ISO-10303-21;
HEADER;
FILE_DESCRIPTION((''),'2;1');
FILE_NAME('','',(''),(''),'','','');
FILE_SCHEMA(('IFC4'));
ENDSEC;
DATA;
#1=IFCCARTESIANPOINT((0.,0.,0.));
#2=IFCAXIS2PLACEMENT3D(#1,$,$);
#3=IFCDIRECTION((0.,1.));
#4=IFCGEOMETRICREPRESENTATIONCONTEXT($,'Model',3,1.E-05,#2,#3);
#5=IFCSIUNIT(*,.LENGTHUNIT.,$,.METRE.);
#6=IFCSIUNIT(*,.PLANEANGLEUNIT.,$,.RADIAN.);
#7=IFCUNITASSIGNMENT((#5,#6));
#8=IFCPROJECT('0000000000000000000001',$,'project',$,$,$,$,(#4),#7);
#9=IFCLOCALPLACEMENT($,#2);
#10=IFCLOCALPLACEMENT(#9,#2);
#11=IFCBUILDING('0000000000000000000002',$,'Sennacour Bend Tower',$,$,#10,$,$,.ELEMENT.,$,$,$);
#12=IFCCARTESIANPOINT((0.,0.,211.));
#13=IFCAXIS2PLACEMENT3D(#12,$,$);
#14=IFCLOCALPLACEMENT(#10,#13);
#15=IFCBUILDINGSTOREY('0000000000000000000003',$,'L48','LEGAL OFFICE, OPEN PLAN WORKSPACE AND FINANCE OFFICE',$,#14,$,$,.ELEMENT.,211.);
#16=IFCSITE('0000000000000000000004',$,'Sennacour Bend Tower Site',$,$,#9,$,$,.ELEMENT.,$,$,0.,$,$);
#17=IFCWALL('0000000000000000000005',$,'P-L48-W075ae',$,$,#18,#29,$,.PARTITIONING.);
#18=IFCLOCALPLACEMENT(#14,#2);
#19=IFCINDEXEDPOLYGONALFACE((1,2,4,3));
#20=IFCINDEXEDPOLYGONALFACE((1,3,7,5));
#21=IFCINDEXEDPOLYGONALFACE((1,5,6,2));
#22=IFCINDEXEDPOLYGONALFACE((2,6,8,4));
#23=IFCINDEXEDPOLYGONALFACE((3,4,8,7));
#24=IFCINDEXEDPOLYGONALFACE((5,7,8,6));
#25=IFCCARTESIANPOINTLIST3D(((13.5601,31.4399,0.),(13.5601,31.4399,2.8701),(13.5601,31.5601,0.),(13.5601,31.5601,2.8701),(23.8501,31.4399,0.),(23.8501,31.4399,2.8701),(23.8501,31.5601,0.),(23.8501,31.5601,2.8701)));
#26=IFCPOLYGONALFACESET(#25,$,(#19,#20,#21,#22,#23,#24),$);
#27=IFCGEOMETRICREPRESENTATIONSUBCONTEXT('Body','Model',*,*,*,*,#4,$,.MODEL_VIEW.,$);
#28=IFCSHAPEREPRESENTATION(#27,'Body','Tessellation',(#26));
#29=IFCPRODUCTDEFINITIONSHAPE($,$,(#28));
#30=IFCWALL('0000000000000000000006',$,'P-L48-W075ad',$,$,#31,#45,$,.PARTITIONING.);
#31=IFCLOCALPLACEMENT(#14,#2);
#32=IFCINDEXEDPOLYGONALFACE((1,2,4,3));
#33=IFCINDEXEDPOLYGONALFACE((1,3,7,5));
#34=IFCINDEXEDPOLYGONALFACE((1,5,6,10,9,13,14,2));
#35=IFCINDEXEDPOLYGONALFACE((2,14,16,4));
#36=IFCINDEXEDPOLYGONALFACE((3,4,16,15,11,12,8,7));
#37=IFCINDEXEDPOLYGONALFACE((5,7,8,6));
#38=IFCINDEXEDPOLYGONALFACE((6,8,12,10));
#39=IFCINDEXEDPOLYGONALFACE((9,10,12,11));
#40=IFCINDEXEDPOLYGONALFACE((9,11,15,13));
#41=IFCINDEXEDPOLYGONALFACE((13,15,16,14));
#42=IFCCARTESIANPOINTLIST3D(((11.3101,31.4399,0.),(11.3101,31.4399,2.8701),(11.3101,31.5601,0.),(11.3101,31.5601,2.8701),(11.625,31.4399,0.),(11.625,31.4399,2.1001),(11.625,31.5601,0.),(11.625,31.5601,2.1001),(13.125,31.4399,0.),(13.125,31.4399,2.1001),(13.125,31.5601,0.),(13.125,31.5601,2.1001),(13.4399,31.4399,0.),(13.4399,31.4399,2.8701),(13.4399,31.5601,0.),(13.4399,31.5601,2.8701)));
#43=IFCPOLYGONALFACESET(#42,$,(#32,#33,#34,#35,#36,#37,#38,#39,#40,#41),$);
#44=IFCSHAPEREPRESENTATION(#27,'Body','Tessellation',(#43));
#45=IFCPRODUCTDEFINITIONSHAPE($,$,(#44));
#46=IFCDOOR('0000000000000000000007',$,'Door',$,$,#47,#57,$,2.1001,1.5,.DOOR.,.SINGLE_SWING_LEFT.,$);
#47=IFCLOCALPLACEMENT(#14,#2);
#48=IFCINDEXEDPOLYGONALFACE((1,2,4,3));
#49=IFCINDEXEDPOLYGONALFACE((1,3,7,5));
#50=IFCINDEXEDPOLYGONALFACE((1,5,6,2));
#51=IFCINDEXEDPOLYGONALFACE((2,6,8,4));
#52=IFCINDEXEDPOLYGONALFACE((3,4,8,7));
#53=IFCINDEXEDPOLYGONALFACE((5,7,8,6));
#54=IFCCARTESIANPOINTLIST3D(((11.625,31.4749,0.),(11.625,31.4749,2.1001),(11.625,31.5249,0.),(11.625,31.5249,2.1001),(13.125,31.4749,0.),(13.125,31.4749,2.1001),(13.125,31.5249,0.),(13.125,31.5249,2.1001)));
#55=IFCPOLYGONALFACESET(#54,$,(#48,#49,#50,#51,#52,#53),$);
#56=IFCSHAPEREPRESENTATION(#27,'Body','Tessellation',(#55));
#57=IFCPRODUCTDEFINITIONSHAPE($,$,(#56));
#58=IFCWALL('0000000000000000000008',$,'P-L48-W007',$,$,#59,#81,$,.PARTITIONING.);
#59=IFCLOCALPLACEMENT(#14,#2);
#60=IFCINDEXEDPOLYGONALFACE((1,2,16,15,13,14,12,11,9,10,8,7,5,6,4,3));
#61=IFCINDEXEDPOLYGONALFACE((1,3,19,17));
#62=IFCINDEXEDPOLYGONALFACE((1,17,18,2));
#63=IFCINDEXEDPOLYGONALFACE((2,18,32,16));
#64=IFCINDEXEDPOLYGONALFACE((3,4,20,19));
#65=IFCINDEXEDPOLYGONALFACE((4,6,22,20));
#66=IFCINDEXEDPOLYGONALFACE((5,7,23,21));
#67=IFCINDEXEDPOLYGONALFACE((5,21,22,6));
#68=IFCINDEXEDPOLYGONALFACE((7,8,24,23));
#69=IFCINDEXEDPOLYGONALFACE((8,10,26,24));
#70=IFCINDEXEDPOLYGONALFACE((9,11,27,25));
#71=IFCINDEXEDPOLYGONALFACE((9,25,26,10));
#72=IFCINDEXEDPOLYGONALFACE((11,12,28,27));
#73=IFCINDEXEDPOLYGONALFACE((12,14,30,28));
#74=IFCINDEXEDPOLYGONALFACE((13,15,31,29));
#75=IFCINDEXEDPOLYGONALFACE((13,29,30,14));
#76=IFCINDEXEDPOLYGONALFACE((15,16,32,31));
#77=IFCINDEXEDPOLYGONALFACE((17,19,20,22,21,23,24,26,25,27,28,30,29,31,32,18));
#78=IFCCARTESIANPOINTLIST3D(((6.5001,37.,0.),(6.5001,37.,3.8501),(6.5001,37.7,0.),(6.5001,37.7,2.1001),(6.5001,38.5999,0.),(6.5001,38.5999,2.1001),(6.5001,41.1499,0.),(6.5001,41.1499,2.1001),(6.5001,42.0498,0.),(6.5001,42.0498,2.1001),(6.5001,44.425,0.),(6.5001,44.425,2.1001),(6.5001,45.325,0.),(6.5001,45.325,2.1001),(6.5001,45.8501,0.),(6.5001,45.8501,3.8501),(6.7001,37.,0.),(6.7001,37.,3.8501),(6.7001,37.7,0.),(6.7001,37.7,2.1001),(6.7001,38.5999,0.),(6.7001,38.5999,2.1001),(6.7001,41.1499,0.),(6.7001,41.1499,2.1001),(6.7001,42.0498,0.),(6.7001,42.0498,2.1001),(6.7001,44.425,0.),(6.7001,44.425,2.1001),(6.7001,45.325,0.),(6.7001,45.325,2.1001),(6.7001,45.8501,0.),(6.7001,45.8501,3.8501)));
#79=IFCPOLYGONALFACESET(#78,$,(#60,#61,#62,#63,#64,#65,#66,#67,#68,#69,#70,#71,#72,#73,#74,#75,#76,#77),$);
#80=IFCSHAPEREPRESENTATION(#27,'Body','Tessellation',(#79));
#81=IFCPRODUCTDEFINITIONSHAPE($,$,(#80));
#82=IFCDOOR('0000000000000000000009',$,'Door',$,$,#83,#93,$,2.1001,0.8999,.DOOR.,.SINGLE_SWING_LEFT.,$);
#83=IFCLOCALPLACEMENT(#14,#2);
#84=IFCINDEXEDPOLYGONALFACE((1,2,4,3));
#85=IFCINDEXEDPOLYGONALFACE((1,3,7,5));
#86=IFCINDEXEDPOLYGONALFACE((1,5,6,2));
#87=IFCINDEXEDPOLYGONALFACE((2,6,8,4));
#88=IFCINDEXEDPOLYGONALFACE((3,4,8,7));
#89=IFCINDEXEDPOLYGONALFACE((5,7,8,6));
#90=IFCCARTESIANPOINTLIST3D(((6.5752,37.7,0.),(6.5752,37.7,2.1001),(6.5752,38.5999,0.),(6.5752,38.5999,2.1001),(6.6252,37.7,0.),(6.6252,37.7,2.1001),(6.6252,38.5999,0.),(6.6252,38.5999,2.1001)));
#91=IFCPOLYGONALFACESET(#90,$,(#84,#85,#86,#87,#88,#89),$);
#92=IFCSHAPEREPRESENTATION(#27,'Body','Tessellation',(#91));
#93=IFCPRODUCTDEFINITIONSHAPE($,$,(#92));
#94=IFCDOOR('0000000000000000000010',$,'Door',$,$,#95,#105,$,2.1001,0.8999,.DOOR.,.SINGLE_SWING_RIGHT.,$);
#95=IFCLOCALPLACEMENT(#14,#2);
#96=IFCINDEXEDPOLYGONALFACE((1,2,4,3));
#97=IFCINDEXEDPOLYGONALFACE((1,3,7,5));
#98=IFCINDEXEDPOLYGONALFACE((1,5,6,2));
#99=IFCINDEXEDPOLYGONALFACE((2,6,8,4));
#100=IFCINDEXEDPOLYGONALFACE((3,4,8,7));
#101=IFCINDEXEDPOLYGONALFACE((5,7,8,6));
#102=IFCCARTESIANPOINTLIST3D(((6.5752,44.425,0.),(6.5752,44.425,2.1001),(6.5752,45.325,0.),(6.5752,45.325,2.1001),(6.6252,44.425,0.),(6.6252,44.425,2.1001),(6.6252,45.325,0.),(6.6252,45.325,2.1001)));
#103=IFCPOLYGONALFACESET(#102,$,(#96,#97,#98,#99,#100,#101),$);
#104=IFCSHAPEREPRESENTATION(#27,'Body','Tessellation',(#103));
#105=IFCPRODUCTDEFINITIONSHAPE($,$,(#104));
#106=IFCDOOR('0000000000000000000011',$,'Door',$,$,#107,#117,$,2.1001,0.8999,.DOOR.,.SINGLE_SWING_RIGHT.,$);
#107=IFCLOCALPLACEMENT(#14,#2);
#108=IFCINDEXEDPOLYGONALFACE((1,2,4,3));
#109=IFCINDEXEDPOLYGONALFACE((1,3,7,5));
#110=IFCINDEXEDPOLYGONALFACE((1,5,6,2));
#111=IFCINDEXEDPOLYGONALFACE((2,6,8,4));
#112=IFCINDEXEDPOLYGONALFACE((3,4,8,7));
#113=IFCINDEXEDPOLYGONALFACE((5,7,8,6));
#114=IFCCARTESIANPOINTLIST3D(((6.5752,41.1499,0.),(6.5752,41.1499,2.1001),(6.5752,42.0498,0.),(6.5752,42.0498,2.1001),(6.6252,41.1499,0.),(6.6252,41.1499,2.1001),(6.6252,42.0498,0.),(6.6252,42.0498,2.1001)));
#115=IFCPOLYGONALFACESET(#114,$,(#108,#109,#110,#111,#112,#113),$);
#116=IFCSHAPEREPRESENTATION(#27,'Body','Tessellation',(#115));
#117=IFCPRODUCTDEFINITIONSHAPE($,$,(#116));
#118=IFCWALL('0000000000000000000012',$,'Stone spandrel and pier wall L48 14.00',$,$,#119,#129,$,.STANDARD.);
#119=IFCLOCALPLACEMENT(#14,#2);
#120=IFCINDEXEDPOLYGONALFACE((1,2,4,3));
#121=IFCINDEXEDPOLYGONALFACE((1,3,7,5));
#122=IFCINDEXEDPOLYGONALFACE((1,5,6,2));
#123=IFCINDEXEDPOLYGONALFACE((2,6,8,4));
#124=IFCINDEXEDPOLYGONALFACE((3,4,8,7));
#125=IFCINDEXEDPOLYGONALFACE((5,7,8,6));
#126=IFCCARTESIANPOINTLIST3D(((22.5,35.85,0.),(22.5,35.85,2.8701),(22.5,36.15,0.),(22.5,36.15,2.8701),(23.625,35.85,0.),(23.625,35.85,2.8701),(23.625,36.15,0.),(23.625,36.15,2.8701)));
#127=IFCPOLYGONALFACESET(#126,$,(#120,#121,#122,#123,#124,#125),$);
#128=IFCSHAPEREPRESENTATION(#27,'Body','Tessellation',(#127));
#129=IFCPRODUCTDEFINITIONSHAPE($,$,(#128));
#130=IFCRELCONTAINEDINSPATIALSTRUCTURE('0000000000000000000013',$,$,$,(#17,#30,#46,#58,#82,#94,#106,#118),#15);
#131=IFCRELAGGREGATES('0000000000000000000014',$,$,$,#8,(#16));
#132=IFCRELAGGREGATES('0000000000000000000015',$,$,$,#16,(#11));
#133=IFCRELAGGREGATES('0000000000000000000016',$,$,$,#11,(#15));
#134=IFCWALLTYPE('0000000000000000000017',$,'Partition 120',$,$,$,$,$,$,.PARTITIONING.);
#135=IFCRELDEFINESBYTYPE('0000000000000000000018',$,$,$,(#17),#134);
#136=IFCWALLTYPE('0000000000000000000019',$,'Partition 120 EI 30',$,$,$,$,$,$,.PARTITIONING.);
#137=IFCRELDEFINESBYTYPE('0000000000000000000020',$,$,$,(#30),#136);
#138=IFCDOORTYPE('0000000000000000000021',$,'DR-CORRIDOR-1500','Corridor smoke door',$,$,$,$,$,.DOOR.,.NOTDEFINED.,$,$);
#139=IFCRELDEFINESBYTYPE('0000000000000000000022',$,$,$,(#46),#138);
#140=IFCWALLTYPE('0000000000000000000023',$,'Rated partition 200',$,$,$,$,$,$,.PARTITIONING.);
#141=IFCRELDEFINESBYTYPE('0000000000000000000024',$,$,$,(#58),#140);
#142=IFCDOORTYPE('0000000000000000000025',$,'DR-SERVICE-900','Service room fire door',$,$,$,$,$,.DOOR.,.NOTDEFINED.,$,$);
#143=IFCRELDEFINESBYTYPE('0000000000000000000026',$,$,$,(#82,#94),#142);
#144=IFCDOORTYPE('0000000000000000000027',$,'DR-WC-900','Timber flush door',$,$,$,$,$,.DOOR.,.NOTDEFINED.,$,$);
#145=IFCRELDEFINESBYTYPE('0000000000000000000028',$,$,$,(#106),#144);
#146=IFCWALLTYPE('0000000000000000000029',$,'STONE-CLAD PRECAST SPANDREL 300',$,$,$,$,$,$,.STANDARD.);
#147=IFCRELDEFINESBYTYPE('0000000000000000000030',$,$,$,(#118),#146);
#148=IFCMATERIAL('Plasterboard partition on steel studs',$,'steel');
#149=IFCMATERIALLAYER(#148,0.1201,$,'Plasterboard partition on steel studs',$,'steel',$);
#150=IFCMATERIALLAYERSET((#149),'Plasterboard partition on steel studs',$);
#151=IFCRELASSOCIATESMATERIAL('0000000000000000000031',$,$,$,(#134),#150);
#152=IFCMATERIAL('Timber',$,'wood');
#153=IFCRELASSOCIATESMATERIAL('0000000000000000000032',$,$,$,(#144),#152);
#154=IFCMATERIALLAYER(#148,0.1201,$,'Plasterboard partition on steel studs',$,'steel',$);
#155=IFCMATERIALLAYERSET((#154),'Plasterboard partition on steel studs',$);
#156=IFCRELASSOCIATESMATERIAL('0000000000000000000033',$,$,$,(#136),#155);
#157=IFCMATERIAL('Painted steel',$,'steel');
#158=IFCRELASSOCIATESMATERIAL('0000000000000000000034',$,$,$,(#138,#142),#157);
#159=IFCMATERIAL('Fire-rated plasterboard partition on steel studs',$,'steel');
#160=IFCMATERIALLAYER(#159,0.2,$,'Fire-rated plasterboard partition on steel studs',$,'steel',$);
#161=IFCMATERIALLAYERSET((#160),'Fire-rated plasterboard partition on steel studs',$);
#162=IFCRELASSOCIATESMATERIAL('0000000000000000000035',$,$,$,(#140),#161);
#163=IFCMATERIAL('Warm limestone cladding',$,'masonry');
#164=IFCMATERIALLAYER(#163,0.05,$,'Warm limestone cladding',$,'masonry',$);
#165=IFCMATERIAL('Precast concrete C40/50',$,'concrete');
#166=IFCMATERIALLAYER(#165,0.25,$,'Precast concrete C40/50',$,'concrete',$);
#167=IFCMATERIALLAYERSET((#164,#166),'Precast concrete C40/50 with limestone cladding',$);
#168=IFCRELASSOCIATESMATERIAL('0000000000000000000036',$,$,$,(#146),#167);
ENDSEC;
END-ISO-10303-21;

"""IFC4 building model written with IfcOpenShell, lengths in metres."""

from ifc_helpers import new_model, si_unit, direction, frame, frame_2d, origin, place, context, subcontext, project, spatial, rectangle, extrude, material, layer, layer_set, type_object, element, fill, save


model = new_model("IFC4")

# Units and contexts
model_context = context("Model", 3, precision=1e-05, world=origin(), true_north=direction((0.0, 1.0)))
body_context = subcontext(model_context, "Body", "Model", "MODEL_VIEW")
ifc_project = project(units=[si_unit("LENGTHUNIT", "METRE"), si_unit("PLANEANGLEUNIT", "RADIAN")], contexts=[model_context])

# Site, building, storey
site_placement = place(None, origin())
site = spatial("IfcSite", under=ifc_project, at=site_placement, Name="Sennacour Bend Tower Site", CompositionType="ELEMENT", RefElevation=0.0)
building_placement = place(site_placement, origin())
building = spatial("IfcBuilding", under=site, at=building_placement, Name="Sennacour Bend Tower", CompositionType="ELEMENT")
storey_placement = place(building_placement, frame((0.0, 0.0, 211.0)))
storey = spatial("IfcBuildingStorey", under=building, at=storey_placement, Name="L48", Description="LEGAL OFFICE, OPEN PLAN WORKSPACE AND FINANCE OFFICE", CompositionType="ELEMENT", Elevation=211.0)

# Shared definitions
ifc_material_1 = material(Name="Plasterboard partition on steel studs", Category="steel")
ifc_layer_1 = layer(ifc_material_1, 0.1201, Name="Plasterboard partition on steel studs", Category="steel")
ifc_layer_set_1 = layer_set([ifc_layer_1], Name="Plasterboard partition on steel studs")
wall_type_1 = type_object("IfcWallType", Name="Partition 120", PredefinedType="PARTITIONING", material=ifc_layer_set_1)

# Shared definitions
ifc_material_2 = material(Name="Timber", Category="wood")
door_type_1 = type_object("IfcDoorType", Name="DR-WC-900", Description="Timber flush door", OperationType="NOTDEFINED", PredefinedType="DOOR", material=ifc_material_2)

# Wall
wall_1_placement = place(storey_placement, frame((13.5601, 31.5, 0.0), z_axis=(0.0, 0.0, 1.0), x_axis=(1.0, 0.0, 0.0)))
element("IfcWall", 1, at=wall_1_placement, inside=storey, type_object=wall_type_1, Name="P-L48-W075ae", PredefinedType="PARTITIONING", context=body_context, shape_type="SweptSolid", body=[
    extrude(rectangle(XDim=10.29, YDim=0.1201, at=frame_2d((5.145, 0.0))), origin(), (0.0, 0.0, 1.0), 2.8701),
])

# Wall, opening, door
ifc_layer_2 = layer(ifc_material_1, 0.1201, Name="Plasterboard partition on steel studs", Category="steel")
ifc_layer_set_2 = layer_set([ifc_layer_2], Name="Plasterboard partition on steel studs")
wall_type_2 = type_object("IfcWallType", Name="Partition 120 EI 30", PredefinedType="PARTITIONING", material=ifc_layer_set_2)
wall_2_placement = place(storey_placement, frame((11.3101, 31.5, 0.0), z_axis=(0.0, 0.0, 1.0), x_axis=(1.0, 0.0, 0.0)))
wall_2 = element("IfcWall", 2, at=wall_2_placement, inside=storey, type_object=wall_type_2, Name="P-L48-W075ad", PredefinedType="PARTITIONING", context=body_context, shape_type="SweptSolid", body=[
    extrude(rectangle(XDim=2.1299, YDim=0.1201, at=frame_2d((1.0649, 0.0))), origin(), (0.0, 0.0, 1.0), 2.8701),
])
opening_1_placement = place(wall_2_placement, frame((0.3149, 0.0, 0.0)))
opening_1 = element("IfcOpeningElement", 3, at=opening_1_placement, cuts=wall_2, PredefinedType="OPENING", context=body_context, shape_type="SweptSolid", body=[
    extrude(rectangle(XDim=1.5, YDim=2.1001, at=frame_2d((0.75, 1.05))), frame((0.0, 0.0701, 0.0), z_axis=(0.0, -1.0, 0.0), x_axis=(1.0, 0.0, 0.0)), (0.0, 0.0, 1.0), 0.1401),
])
ifc_material_3 = material(Name="Painted steel", Category="steel")
door_type_2 = type_object("IfcDoorType", Name="DR-CORRIDOR-1500", Description="Corridor smoke door", OperationType="NOTDEFINED", PredefinedType="DOOR", material=ifc_material_3)
door_1_placement = place(opening_1_placement, origin())
door_1 = element("IfcDoor", 4, at=door_1_placement, inside=storey, type_object=door_type_2, Name="Door", OperationType="SINGLE_SWING_LEFT", OverallHeight=2.1001, OverallWidth=1.5, PredefinedType="DOOR", context=body_context, shape_type="SweptSolid", body=[
    extrude(rectangle(XDim=1.5, YDim=2.1001, at=frame_2d((0.75, 1.05))), frame((0.0, 0.0249, 0.0), z_axis=(0.0, -1.0, 0.0), x_axis=(1.0, 0.0, 0.0)), (0.0, 0.0, 1.0), 0.05),
])
fill(opening_1, door_1)

# Wall, openings, doors
ifc_material_4 = material(Name="Fire-rated plasterboard partition on steel studs", Category="steel")
ifc_layer_3 = layer(ifc_material_4, 0.2, Name="Fire-rated plasterboard partition on steel studs", Category="steel")
ifc_layer_set_3 = layer_set([ifc_layer_3], Name="Fire-rated plasterboard partition on steel studs")
wall_type_3 = type_object("IfcWallType", Name="Rated partition 200", PredefinedType="PARTITIONING", material=ifc_layer_set_3)
wall_3_placement = place(storey_placement, frame((6.6001, 37.0, 0.0), z_axis=(0.0, 0.0, 1.0), x_axis=(0.0, 1.0, 0.0)))
wall_3 = element("IfcWall", 5, at=wall_3_placement, inside=storey, type_object=wall_type_3, Name="P-L48-W007", PredefinedType="PARTITIONING", context=body_context, shape_type="SweptSolid", body=[
    extrude(rectangle(XDim=8.8501, YDim=0.2, at=frame_2d((4.425, 0.0))), origin(), (0.0, 0.0, 1.0), 3.8501),
])
opening_2_placement = place(wall_3_placement, frame((0.7, 0.0, 0.0)))
opening_2 = element("IfcOpeningElement", 6, at=opening_2_placement, cuts=wall_3, PredefinedType="OPENING", context=body_context, shape_type="SweptSolid", body=[
    extrude(rectangle(XDim=0.8999, YDim=2.1001, at=frame_2d((0.45, 1.05))), frame((0.0, 0.1099, 0.0), z_axis=(0.0, -1.0, 0.0), x_axis=(1.0, 0.0, 0.0)), (0.0, 0.0, 1.0), 0.22),
])
opening_3_placement = place(wall_3_placement, frame((4.1499, 0.0, 0.0)))
opening_3 = element("IfcOpeningElement", 7, at=opening_3_placement, cuts=wall_3, PredefinedType="OPENING", context=body_context, shape_type="SweptSolid", body=[
    extrude(rectangle(XDim=0.8999, YDim=2.1001, at=frame_2d((0.45, 1.05))), frame((0.0, 0.1099, 0.0), z_axis=(0.0, -1.0, 0.0), x_axis=(1.0, 0.0, 0.0)), (0.0, 0.0, 1.0), 0.22),
])
opening_4_placement = place(wall_3_placement, frame((7.425, 0.0, 0.0)))
opening_4 = element("IfcOpeningElement", 8, at=opening_4_placement, cuts=wall_3, PredefinedType="OPENING", context=body_context, shape_type="SweptSolid", body=[
    extrude(rectangle(XDim=0.8999, YDim=2.1001, at=frame_2d((0.45, 1.05))), frame((0.0, 0.1099, 0.0), z_axis=(0.0, -1.0, 0.0), x_axis=(1.0, 0.0, 0.0)), (0.0, 0.0, 1.0), 0.22),
])
door_type_3 = type_object("IfcDoorType", Name="DR-SERVICE-900", Description="Service room fire door", OperationType="NOTDEFINED", PredefinedType="DOOR", material=ifc_material_3)
door_2_placement = place(opening_2_placement, origin())
door_2 = element("IfcDoor", 9, at=door_2_placement, inside=storey, type_object=door_type_3, Name="Door", OperationType="SINGLE_SWING_LEFT", OverallHeight=2.1001, OverallWidth=0.8999, PredefinedType="DOOR", context=body_context, shape_type="SweptSolid", body=[
    extrude(rectangle(XDim=0.8999, YDim=2.1001, at=frame_2d((0.45, 1.05))), frame((0.0, 0.0249, 0.0), z_axis=(0.0, -1.0, 0.0), x_axis=(1.0, 0.0, 0.0)), (0.0, 0.0, 1.0), 0.05),
])
fill(opening_2, door_2)
door_3_placement = place(opening_4_placement, origin())
door_3 = element("IfcDoor", 10, at=door_3_placement, inside=storey, type_object=door_type_3, Name="Door", OperationType="SINGLE_SWING_RIGHT", OverallHeight=2.1001, OverallWidth=0.8999, PredefinedType="DOOR", context=body_context, shape_type="SweptSolid", body=[
    extrude(rectangle(XDim=0.8999, YDim=2.1001, at=frame_2d((0.45, 1.05))), frame((0.0, 0.0249, 0.0), z_axis=(0.0, -1.0, 0.0), x_axis=(1.0, 0.0, 0.0)), (0.0, 0.0, 1.0), 0.05),
])
fill(opening_4, door_3)
door_4_placement = place(opening_3_placement, origin())
door_4 = element("IfcDoor", 11, at=door_4_placement, inside=storey, type_object=door_type_1, Name="Door", OperationType="SINGLE_SWING_RIGHT", OverallHeight=2.1001, OverallWidth=0.8999, PredefinedType="DOOR", context=body_context, shape_type="SweptSolid", body=[
    extrude(rectangle(XDim=0.8999, YDim=2.1001, at=frame_2d((0.45, 1.05))), frame((0.0, 0.0249, 0.0), z_axis=(0.0, -1.0, 0.0), x_axis=(1.0, 0.0, 0.0)), (0.0, 0.0, 1.0), 0.05),
])
fill(opening_3, door_4)

# Wall
ifc_material_5 = material(Name="Warm limestone cladding", Category="masonry")
ifc_layer_4 = layer(ifc_material_5, 0.05, Name="Warm limestone cladding", Category="masonry")
ifc_material_6 = material(Name="Precast concrete C40/50", Category="concrete")
ifc_layer_5 = layer(ifc_material_6, 0.25, Name="Precast concrete C40/50", Category="concrete")
ifc_layer_set_4 = layer_set([ifc_layer_4, ifc_layer_5], Name="Precast concrete C40/50 with limestone cladding")
wall_type_4 = type_object("IfcWallType", Name="STONE-CLAD PRECAST SPANDREL 300", PredefinedType="STANDARD", material=ifc_layer_set_4)
wall_4_placement = place(storey_placement, frame((23.625, 36.0, 0.0), z_axis=(0.0, 0.0, 1.0), x_axis=(-1.0, 0.0, 0.0)))
element("IfcWall", 12, at=wall_4_placement, inside=storey, type_object=wall_type_4, Name="Stone spandrel and pier wall L48 14.00", PredefinedType="STANDARD", context=body_context, shape_type="SweptSolid", body=[
    extrude(rectangle(XDim=1.125, YDim=0.3, at=frame_2d((0.5625, 0.0))), origin(), (0.0, 0.0, 1.0), 2.8701),
])

save(model, "model.ifc")
